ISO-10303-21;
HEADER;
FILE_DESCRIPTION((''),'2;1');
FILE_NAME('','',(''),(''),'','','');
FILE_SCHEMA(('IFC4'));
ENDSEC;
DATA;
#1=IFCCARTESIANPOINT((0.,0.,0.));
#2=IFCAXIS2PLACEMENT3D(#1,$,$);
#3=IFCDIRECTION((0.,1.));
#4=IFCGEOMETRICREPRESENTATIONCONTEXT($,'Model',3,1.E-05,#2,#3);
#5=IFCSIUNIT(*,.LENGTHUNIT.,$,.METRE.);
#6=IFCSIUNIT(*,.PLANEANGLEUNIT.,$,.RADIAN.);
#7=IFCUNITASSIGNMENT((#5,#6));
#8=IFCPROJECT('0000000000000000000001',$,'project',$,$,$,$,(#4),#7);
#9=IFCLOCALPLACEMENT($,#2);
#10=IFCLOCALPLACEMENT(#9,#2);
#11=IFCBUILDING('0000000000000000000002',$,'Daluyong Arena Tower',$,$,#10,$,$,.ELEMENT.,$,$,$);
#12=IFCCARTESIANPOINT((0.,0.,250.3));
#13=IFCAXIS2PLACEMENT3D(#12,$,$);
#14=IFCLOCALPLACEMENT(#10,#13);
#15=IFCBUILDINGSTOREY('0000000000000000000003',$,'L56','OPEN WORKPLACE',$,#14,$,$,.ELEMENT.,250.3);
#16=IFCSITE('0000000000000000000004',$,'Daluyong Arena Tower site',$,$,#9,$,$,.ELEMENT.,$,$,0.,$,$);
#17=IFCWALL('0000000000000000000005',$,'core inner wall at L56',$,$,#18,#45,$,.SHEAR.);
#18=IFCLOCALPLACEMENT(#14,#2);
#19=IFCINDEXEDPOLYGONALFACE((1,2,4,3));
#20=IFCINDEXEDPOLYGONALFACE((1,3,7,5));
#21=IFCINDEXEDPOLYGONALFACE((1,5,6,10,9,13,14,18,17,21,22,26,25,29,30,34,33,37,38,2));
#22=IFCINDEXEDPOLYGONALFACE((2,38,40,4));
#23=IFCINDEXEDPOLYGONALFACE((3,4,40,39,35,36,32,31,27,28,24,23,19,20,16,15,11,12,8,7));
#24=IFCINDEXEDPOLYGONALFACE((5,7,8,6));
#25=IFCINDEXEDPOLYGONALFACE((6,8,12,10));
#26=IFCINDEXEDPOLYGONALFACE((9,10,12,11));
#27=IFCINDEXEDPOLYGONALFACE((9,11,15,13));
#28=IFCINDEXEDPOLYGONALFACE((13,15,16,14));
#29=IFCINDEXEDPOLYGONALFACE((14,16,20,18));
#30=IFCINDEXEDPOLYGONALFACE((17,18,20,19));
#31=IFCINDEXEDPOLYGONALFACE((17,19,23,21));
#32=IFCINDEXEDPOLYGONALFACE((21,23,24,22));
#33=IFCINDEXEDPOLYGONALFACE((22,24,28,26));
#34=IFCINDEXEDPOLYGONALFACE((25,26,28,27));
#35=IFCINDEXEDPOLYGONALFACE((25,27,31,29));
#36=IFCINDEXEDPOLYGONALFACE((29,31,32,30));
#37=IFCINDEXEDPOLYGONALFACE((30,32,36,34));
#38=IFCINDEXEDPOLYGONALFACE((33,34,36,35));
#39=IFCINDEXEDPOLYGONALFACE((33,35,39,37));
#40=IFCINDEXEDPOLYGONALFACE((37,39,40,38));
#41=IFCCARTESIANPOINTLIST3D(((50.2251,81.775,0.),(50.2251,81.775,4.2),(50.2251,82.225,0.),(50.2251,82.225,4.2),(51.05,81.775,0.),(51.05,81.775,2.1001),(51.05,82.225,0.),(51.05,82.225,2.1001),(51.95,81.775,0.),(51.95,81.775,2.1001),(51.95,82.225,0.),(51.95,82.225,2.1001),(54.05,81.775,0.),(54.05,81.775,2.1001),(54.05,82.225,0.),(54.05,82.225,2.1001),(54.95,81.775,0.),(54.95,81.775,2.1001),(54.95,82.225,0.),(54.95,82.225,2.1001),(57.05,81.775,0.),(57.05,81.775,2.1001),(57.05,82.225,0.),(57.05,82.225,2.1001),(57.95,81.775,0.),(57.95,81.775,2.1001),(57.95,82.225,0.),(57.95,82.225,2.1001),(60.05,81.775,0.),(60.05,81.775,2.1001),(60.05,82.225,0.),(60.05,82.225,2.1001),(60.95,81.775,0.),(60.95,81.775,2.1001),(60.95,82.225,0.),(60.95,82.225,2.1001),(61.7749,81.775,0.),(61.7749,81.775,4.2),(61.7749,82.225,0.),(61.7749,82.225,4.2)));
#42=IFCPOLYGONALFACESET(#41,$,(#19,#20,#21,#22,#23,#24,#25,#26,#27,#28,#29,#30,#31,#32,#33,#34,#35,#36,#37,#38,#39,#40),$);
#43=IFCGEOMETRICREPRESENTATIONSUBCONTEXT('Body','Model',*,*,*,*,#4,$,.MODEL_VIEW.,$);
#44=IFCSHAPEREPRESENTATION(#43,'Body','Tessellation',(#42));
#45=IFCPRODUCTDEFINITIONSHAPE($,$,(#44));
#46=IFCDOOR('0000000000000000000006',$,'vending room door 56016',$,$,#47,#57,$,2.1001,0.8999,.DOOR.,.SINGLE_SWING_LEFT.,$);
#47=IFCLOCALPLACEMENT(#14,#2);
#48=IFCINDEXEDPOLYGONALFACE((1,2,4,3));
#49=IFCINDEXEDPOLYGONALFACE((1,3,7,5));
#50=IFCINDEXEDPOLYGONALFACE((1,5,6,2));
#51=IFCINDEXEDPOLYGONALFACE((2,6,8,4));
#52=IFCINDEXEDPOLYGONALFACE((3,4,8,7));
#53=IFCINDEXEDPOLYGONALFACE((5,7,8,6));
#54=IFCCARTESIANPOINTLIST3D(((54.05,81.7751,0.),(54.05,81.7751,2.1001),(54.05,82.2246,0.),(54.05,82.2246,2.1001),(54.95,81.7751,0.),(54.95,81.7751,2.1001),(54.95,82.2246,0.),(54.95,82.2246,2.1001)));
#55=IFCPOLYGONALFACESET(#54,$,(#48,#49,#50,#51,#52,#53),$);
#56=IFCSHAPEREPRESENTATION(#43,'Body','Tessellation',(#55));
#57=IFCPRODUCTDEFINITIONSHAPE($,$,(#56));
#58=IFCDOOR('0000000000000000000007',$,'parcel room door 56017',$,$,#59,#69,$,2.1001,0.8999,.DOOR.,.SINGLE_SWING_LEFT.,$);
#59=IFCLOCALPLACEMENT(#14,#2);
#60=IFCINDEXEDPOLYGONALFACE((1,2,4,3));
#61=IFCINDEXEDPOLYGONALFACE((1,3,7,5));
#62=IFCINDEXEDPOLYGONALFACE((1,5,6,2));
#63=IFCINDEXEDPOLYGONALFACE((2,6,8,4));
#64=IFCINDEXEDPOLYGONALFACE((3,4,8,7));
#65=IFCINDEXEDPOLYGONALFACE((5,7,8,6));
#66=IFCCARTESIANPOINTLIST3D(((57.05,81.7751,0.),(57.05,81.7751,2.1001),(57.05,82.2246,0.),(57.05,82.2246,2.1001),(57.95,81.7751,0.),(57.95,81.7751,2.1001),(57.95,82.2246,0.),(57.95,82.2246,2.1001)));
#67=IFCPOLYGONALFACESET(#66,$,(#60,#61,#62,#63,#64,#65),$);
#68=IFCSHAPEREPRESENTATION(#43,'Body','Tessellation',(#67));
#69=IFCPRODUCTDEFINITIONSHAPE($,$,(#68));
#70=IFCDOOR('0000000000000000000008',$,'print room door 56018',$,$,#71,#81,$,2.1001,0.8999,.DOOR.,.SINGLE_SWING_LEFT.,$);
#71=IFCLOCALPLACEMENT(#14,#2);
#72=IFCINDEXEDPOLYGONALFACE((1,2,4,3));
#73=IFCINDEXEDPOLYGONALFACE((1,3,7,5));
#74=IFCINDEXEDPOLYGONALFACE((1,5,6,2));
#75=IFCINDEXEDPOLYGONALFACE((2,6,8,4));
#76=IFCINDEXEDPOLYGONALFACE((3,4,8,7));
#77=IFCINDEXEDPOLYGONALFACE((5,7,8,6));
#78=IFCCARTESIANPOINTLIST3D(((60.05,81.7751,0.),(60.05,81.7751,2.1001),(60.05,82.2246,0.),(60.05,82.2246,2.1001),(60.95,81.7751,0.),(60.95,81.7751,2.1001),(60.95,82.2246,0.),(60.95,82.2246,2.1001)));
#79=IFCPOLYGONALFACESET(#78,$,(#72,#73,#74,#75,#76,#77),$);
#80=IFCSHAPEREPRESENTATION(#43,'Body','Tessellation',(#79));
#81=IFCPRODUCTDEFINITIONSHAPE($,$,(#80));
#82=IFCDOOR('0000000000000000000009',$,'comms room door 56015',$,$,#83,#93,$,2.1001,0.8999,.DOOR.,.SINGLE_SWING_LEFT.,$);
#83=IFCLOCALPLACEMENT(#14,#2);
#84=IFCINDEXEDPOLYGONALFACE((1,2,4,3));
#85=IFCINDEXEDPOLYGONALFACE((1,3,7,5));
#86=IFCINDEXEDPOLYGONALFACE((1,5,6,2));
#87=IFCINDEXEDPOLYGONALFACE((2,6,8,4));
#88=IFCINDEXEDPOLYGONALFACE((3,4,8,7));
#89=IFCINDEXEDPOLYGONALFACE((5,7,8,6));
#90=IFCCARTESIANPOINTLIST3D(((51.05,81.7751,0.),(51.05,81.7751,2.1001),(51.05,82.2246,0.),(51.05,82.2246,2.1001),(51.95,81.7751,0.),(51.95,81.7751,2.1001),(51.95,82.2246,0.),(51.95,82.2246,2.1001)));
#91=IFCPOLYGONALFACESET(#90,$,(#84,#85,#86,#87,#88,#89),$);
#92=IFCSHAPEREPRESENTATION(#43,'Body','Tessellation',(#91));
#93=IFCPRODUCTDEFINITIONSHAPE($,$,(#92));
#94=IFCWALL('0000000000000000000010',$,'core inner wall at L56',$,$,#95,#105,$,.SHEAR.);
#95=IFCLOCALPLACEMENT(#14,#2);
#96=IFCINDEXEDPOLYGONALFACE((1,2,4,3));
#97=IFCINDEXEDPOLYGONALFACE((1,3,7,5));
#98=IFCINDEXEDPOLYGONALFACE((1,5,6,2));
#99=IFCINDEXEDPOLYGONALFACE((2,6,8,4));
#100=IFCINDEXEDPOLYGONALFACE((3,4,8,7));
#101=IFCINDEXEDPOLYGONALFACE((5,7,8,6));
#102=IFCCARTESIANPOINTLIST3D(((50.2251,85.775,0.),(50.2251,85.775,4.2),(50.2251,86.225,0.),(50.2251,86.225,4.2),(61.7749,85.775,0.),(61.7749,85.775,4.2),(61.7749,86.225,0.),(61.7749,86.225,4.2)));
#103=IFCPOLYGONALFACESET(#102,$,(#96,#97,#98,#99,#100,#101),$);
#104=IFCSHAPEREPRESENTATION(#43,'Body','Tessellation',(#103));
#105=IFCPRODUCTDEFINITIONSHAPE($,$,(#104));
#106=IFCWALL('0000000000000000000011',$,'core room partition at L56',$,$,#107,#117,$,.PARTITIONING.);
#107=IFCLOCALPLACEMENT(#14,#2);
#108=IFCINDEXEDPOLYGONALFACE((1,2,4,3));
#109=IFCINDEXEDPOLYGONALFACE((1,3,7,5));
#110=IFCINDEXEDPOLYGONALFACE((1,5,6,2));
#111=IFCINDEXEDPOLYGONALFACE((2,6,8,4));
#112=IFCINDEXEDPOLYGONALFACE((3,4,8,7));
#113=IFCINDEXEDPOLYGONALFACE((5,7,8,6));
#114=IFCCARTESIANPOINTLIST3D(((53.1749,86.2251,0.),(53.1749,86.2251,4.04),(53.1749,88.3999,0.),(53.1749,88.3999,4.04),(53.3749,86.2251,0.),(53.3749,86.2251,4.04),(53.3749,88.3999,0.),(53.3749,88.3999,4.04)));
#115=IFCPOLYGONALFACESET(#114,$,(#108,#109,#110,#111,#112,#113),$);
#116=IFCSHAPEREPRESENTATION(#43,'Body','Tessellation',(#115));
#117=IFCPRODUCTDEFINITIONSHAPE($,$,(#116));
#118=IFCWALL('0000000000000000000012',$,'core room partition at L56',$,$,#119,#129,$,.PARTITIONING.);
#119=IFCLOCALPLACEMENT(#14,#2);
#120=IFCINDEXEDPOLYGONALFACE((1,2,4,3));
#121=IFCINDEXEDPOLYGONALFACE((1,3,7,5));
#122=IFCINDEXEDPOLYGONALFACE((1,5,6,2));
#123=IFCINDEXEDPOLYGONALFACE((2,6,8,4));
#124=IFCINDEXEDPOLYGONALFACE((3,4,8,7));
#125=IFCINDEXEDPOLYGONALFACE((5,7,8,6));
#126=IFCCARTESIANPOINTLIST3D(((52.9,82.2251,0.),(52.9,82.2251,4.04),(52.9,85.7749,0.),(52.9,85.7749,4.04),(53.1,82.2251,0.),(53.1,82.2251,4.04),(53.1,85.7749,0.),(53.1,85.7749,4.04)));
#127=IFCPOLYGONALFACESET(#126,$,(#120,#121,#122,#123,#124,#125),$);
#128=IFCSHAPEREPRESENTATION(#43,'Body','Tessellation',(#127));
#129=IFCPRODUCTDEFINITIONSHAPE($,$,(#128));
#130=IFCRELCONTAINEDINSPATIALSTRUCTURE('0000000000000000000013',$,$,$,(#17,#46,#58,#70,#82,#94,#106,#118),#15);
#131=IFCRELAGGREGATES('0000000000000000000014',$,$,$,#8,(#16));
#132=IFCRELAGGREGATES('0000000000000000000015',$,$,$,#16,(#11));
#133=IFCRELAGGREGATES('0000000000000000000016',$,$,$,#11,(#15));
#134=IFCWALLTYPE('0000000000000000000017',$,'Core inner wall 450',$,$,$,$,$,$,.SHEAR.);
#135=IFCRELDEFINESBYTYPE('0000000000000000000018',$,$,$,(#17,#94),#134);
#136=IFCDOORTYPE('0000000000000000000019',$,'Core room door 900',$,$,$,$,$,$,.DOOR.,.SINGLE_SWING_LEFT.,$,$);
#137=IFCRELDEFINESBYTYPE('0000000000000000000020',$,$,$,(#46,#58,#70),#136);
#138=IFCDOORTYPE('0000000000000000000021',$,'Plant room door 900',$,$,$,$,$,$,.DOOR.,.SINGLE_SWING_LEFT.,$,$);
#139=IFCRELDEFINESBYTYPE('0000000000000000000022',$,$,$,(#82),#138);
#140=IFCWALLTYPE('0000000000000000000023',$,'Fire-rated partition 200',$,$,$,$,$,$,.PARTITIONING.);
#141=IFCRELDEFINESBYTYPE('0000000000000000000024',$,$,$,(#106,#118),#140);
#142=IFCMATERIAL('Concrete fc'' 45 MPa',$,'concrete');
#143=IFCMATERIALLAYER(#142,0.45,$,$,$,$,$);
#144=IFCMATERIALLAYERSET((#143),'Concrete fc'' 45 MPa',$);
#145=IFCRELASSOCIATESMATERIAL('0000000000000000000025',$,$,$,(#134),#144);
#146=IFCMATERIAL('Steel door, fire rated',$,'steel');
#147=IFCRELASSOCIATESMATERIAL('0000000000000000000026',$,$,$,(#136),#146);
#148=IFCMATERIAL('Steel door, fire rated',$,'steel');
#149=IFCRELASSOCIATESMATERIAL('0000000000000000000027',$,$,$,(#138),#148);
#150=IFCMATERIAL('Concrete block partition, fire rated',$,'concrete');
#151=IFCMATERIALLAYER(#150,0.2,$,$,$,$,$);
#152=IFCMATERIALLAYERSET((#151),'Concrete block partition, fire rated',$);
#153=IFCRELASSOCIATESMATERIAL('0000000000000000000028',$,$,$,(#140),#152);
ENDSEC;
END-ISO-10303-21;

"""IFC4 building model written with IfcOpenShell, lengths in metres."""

from ifc_helpers import new_model, si_unit, direction, frame, frame_2d, origin, place, context, subcontext, project, spatial, rectangle, extrude, material, layer, layer_set, type_object, element, fill, save


model = new_model("IFC4")

# Units and contexts
model_context = context("Model", 3, precision=1e-05, world=origin(), true_north=direction((0.0, 1.0)))
body_context = subcontext(model_context, "Body", "Model", "MODEL_VIEW")
ifc_project = project(units=[si_unit("LENGTHUNIT", "METRE"), si_unit("PLANEANGLEUNIT", "RADIAN")], contexts=[model_context])

# Site, building, storey
site_placement = place(None, origin())
site = spatial("IfcSite", under=ifc_project, at=site_placement, Name="Daluyong Arena Tower site", CompositionType="ELEMENT", RefElevation=0.0)
building_placement = place(site_placement, origin())
building = spatial("IfcBuilding", under=site, at=building_placement, Name="Daluyong Arena Tower", CompositionType="ELEMENT")
storey_placement = place(building_placement, frame((0.0, 0.0, 250.3)))
storey = spatial("IfcBuildingStorey", under=building, at=storey_placement, Name="L56", Description="OPEN WORKPLACE", CompositionType="ELEMENT", Elevation=250.3)

# Wall, openings, doors
ifc_material_1 = material(Name="Concrete fc' 45 MPa", Category="concrete")
ifc_layer_1 = layer(ifc_material_1, 0.45)
ifc_layer_set_1 = layer_set([ifc_layer_1], Name="Concrete fc' 45 MPa")
wall_type_1 = type_object("IfcWallType", Name="Core inner wall 450", PredefinedType="SHEAR", material=ifc_layer_set_1)
ifc_material_2 = material(Name="Steel door, fire rated", Category="steel")
door_type_1 = type_object("IfcDoorType", Name="Core room door 900", OperationType="SINGLE_SWING_LEFT", PredefinedType="DOOR", material=ifc_material_2)
wall_1_placement = place(storey_placement, frame((50.2251, 82.0, 0.0), z_axis=(0.0, 0.0, 1.0), x_axis=(1.0, 0.0, 0.0)))
wall_1 = element("IfcWall", 1, at=wall_1_placement, inside=storey, type_object=wall_type_1, Name="core inner wall at L56", PredefinedType="SHEAR", context=body_context, shape_type="SweptSolid", body=[
    extrude(rectangle(XDim=11.5498, YDim=0.45, at=frame_2d((5.7749, 0.0))), origin(), (0.0, 0.0, 1.0), 4.2),
])
opening_1_placement = place(wall_1_placement, frame((0.825, 0.0, 0.0)))
opening_1 = element("IfcOpeningElement", 2, at=opening_1_placement, cuts=wall_1, PredefinedType="OPENING", context=body_context, shape_type="SweptSolid", body=[
    extrude(rectangle(XDim=0.8999, YDim=2.1001, at=frame_2d((0.45, 1.05))), frame((0.0, 0.2349, 0.0), z_axis=(0.0, -1.0, 0.0), x_axis=(1.0, 0.0, 0.0)), (0.0, 0.0, 1.0), 0.47),
])
opening_2_placement = place(wall_1_placement, frame((3.825, 0.0, 0.0)))
opening_2 = element("IfcOpeningElement", 3, at=opening_2_placement, cuts=wall_1, PredefinedType="OPENING", context=body_context, shape_type="SweptSolid", body=[
    extrude(rectangle(XDim=0.8999, YDim=2.1001, at=frame_2d((0.45, 1.05))), frame((0.0, 0.2349, 0.0), z_axis=(0.0, -1.0, 0.0), x_axis=(1.0, 0.0, 0.0)), (0.0, 0.0, 1.0), 0.47),
])
opening_3_placement = place(wall_1_placement, frame((6.825, 0.0, 0.0)))
opening_3 = element("IfcOpeningElement", 4, at=opening_3_placement, cuts=wall_1, PredefinedType="OPENING", context=body_context, shape_type="SweptSolid", body=[
    extrude(rectangle(XDim=0.8999, YDim=2.1001, at=frame_2d((0.45, 1.05))), frame((0.0, 0.2349, 0.0), z_axis=(0.0, -1.0, 0.0), x_axis=(1.0, 0.0, 0.0)), (0.0, 0.0, 1.0), 0.47),
])
opening_4_placement = place(wall_1_placement, frame((9.825, 0.0, 0.0)))
opening_4 = element("IfcOpeningElement", 5, at=opening_4_placement, cuts=wall_1, PredefinedType="OPENING", context=body_context, shape_type="SweptSolid", body=[
    extrude(rectangle(XDim=0.8999, YDim=2.1001, at=frame_2d((0.45, 1.05))), frame((0.0, 0.2349, 0.0), z_axis=(0.0, -1.0, 0.0), x_axis=(1.0, 0.0, 0.0)), (0.0, 0.0, 1.0), 0.47),
])
door_1_placement = place(opening_2_placement, origin())
door_1 = element("IfcDoor", 6, at=door_1_placement, inside=storey, type_object=door_type_1, Name="vending room door 56016", OperationType="SINGLE_SWING_LEFT", OverallHeight=2.1001, OverallWidth=0.8999, PredefinedType="DOOR", context=body_context, shape_type="SweptSolid", body=[
    extrude(rectangle(XDim=0.8999, YDim=2.1001, at=frame_2d((0.45, 1.05))), frame((0.0, 0.2246, 0.0), z_axis=(0.0, -1.0, 0.0), x_axis=(1.0, 0.0, 0.0)), (0.0, 0.0, 1.0), 0.4495),
])
fill(opening_2, door_1)
door_2_placement = place(opening_3_placement, origin())
door_2 = element("IfcDoor", 7, at=door_2_placement, inside=storey, type_object=door_type_1, Name="parcel room door 56017", OperationType="SINGLE_SWING_LEFT", OverallHeight=2.1001, OverallWidth=0.8999, PredefinedType="DOOR", context=body_context, shape_type="SweptSolid", body=[
    extrude(rectangle(XDim=0.8999, YDim=2.1001, at=frame_2d((0.45, 1.05))), frame((0.0, 0.2246, 0.0), z_axis=(0.0, -1.0, 0.0), x_axis=(1.0, 0.0, 0.0)), (0.0, 0.0, 1.0), 0.4495),
])
fill(opening_3, door_2)
door_3_placement = place(opening_4_placement, origin())
door_3 = element("IfcDoor", 8, at=door_3_placement, inside=storey, type_object=door_type_1, Name="print room door 56018", OperationType="SINGLE_SWING_LEFT", OverallHeight=2.1001, OverallWidth=0.8999, PredefinedType="DOOR", context=body_context, shape_type="SweptSolid", body=[
    extrude(rectangle(XDim=0.8999, YDim=2.1001, at=frame_2d((0.45, 1.05))), frame((0.0, 0.2246, 0.0), z_axis=(0.0, -1.0, 0.0), x_axis=(1.0, 0.0, 0.0)), (0.0, 0.0, 1.0), 0.4495),
])
fill(opening_4, door_3)
ifc_material_3 = material(Name="Steel door, fire rated", Category="steel")
door_type_2 = type_object("IfcDoorType", Name="Plant room door 900", OperationType="SINGLE_SWING_LEFT", PredefinedType="DOOR", material=ifc_material_3)
door_4_placement = place(opening_1_placement, origin())
door_4 = element("IfcDoor", 9, at=door_4_placement, inside=storey, type_object=door_type_2, Name="comms room door 56015", OperationType="SINGLE_SWING_LEFT", OverallHeight=2.1001, OverallWidth=0.8999, PredefinedType="DOOR", context=body_context, shape_type="SweptSolid", body=[
    extrude(rectangle(XDim=0.8999, YDim=2.1001, at=frame_2d((0.45, 1.05))), frame((0.0, 0.2246, 0.0), z_axis=(0.0, -1.0, 0.0), x_axis=(1.0, 0.0, 0.0)), (0.0, 0.0, 1.0), 0.4495),
])
fill(opening_1, door_4)

# Walls
wall_2_placement = place(storey_placement, frame((50.2251, 86.0, 0.0), z_axis=(0.0, 0.0, 1.0), x_axis=(1.0, 0.0, 0.0)))
element("IfcWall", 10, at=wall_2_placement, inside=storey, type_object=wall_type_1, Name="core inner wall at L56", PredefinedType="SHEAR", context=body_context, shape_type="SweptSolid", body=[
    extrude(rectangle(XDim=11.5498, YDim=0.45, at=frame_2d((5.7749, 0.0))), origin(), (0.0, 0.0, 1.0), 4.2),
])
ifc_material_4 = material(Name="Concrete block partition, fire rated", Category="concrete")
ifc_layer_2 = layer(ifc_material_4, 0.2)
ifc_layer_set_2 = layer_set([ifc_layer_2], Name="Concrete block partition, fire rated")
wall_type_2 = type_object("IfcWallType", Name="Fire-rated partition 200", PredefinedType="PARTITIONING", material=ifc_layer_set_2)
wall_3_placement = place(storey_placement, frame((53.2749, 86.2251, 0.0), z_axis=(0.0, 0.0, 1.0), x_axis=(0.0, 1.0, 0.0)))
element("IfcWall", 11, at=wall_3_placement, inside=storey, type_object=wall_type_2, Name="core room partition at L56", PredefinedType="PARTITIONING", context=body_context, shape_type="SweptSolid", body=[
    extrude(rectangle(XDim=2.1748, YDim=0.2, at=frame_2d((1.0874, 0.0))), origin(), (0.0, 0.0, 1.0), 4.04),
])
wall_4_placement = place(storey_placement, frame((53.0, 82.2251, 0.0), z_axis=(0.0, 0.0, 1.0), x_axis=(0.0, 1.0, 0.0)))
element("IfcWall", 12, at=wall_4_placement, inside=storey, type_object=wall_type_2, Name="core room partition at L56", PredefinedType="PARTITIONING", context=body_context, shape_type="SweptSolid", body=[
    extrude(rectangle(XDim=3.5498, YDim=0.2, at=frame_2d((1.7749, 0.0))), origin(), (0.0, 0.0, 1.0), 4.04),
])

save(model, "model.ifc")
